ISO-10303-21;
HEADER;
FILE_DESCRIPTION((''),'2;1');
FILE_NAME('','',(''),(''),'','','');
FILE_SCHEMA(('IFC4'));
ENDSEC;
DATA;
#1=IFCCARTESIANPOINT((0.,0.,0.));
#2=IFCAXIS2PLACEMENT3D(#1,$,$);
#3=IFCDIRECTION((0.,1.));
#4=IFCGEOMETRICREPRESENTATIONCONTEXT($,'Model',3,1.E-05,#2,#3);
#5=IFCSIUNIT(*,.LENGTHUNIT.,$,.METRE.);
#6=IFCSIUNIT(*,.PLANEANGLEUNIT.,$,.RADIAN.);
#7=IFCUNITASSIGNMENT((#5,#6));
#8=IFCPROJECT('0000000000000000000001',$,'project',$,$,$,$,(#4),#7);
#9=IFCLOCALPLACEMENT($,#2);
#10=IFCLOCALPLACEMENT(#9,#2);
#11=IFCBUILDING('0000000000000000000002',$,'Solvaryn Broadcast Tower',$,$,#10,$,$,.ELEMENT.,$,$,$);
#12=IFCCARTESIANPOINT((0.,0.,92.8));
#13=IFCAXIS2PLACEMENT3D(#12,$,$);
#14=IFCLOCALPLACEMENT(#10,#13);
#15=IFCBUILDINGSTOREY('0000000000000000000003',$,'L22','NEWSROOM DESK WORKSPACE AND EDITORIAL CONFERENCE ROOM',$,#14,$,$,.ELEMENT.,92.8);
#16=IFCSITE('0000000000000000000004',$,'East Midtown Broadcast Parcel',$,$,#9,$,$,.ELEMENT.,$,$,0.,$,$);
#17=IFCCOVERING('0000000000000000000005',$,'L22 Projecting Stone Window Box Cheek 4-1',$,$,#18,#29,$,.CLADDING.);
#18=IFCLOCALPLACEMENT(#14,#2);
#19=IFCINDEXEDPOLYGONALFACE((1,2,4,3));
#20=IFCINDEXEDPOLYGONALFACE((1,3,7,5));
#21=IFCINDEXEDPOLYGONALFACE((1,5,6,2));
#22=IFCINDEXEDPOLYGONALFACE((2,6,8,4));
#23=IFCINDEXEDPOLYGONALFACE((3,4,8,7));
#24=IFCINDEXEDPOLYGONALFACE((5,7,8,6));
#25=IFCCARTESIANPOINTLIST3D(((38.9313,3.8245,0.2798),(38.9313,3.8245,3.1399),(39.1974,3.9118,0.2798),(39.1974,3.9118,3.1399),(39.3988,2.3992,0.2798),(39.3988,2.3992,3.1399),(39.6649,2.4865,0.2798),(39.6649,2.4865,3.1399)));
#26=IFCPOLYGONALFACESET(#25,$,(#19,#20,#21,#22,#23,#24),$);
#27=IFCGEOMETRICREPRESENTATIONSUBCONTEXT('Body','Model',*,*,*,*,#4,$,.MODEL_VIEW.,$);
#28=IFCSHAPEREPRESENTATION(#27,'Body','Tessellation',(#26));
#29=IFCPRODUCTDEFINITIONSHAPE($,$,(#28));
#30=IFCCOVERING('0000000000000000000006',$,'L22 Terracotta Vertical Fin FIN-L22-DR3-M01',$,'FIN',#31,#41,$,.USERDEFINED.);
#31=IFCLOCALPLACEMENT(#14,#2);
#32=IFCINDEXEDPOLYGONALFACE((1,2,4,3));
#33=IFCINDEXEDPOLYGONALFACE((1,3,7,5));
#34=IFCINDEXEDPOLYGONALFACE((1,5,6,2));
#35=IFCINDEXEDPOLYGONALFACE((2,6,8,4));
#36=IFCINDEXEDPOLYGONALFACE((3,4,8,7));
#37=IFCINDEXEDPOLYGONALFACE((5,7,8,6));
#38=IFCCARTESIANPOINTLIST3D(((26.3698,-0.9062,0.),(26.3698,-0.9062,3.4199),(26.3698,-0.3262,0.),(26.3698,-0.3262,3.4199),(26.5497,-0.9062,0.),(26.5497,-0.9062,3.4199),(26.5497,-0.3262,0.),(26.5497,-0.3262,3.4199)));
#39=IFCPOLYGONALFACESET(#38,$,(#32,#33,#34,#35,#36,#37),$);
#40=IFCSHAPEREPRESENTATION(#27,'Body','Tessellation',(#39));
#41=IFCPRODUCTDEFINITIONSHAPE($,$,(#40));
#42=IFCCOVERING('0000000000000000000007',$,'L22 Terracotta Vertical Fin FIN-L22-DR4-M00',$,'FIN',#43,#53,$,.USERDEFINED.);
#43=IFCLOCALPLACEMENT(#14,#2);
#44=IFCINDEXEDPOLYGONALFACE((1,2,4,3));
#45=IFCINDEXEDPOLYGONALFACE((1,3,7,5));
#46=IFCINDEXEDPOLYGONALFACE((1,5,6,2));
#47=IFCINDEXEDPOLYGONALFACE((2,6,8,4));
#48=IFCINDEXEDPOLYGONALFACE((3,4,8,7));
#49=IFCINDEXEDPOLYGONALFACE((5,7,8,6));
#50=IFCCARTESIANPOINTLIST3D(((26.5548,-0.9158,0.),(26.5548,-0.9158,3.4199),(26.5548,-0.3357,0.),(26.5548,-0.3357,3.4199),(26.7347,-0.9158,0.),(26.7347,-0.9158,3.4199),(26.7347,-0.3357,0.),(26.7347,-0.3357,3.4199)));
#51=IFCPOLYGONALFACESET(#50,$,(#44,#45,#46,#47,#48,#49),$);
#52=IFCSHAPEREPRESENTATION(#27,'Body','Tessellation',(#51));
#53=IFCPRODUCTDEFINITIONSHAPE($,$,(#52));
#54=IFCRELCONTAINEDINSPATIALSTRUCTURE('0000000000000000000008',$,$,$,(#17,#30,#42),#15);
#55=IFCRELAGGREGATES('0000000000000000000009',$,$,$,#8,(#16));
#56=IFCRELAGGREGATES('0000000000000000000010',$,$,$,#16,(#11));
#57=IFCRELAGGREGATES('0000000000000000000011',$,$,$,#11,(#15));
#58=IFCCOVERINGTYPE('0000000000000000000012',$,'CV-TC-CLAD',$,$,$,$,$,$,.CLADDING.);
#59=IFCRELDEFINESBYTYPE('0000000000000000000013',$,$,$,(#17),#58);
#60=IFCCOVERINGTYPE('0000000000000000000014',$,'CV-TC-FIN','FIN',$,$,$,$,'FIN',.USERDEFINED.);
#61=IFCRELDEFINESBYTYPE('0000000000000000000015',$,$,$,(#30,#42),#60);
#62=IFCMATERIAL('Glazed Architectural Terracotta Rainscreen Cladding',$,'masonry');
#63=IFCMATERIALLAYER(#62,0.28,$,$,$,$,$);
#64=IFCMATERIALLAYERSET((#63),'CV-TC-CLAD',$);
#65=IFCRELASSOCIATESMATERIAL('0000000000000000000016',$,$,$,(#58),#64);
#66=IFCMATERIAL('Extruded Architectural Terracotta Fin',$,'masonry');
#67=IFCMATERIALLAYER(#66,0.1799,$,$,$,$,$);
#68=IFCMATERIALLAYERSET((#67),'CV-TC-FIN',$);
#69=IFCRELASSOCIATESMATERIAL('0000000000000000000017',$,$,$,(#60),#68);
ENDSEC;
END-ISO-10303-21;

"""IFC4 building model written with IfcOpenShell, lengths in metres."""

from ifc_helpers import new_model, si_unit, direction, frame, origin, origin_2d, place, context, subcontext, project, spatial, rectangle, extrude, material, layer, layer_set, type_object, element, save


model = new_model("IFC4")

# Units and contexts
model_context = context("Model", 3, precision=1e-05, world=origin(), true_north=direction((0.0, 1.0)))
body_context = subcontext(model_context, "Body", "Model", "MODEL_VIEW")
ifc_project = project(units=[si_unit("LENGTHUNIT", "METRE"), si_unit("PLANEANGLEUNIT", "RADIAN")], contexts=[model_context])

# Site, building, storey
site_placement = place(None, origin())
site = spatial("IfcSite", under=ifc_project, at=site_placement, Name="East Midtown Broadcast Parcel", CompositionType="ELEMENT", RefElevation=0.0)
building_placement = place(site_placement, origin())
building = spatial("IfcBuilding", under=site, at=building_placement, Name="Solvaryn Broadcast Tower", CompositionType="ELEMENT")
storey_placement = place(building_placement, frame((0.0, 0.0, 92.8)))
storey = spatial("IfcBuildingStorey", under=building, at=storey_placement, Name="L22", Description="NEWSROOM DESK WORKSPACE AND EDITORIAL CONFERENCE ROOM", CompositionType="ELEMENT", Elevation=92.8)

# Coverings
ifc_material_1 = material(Name="Glazed Architectural Terracotta Rainscreen Cladding", Category="masonry")
ifc_layer_1 = layer(ifc_material_1, 0.28)
ifc_layer_set_1 = layer_set([ifc_layer_1], Name="CV-TC-CLAD")
covering_type_1 = type_object("IfcCoveringType", Name="CV-TC-CLAD", PredefinedType="CLADDING", material=ifc_layer_set_1)
covering_placement = place(storey_placement, frame((39.2981, 3.1555, 0.2798), z_axis=(0.0, 0.0, 1.0), x_axis=(0.95019, 0.311672, 0.0)))
element("IfcCovering", 1, at=covering_placement, inside=storey, type_object=covering_type_1, Name="L22 Projecting Stone Window Box Cheek 4-1", PredefinedType="CLADDING", context=body_context, shape_type="SweptSolid", body=[
    extrude(rectangle(XDim=0.28, YDim=1.5, at=origin_2d()), origin(), (0.0, 0.0, 1.0), 2.8601),
])
ifc_material_2 = material(Name="Extruded Architectural Terracotta Fin", Category="masonry")
ifc_layer_2 = layer(ifc_material_2, 0.1799)
ifc_layer_set_2 = layer_set([ifc_layer_2], Name="CV-TC-FIN")
covering_type_2 = type_object("IfcCoveringType", Name="CV-TC-FIN", Description="FIN", ElementType="FIN", PredefinedType="USERDEFINED", material=ifc_layer_set_2)
for number, where, z_axis, x_axis, name in (
    (2, (26.4597, -0.6162, 0.0), (0.0, 0.0, 1.0), (1.0, 0.0, 0.0), "L22 Terracotta Vertical Fin FIN-L22-DR3-M01"),
    (3, (26.6448, -0.6257, 0.0), (0.0, 0.0, 1.0), (1.0, 0.0, 0.0), "L22 Terracotta Vertical Fin FIN-L22-DR4-M00"),
):
    element("IfcCovering", number, at=place(storey_placement, frame(where, z_axis=z_axis, x_axis=x_axis)), inside=storey, type_object=covering_type_2, Name=name, ObjectType="FIN", PredefinedType="USERDEFINED", context=body_context, shape_type="SweptSolid", body=[
        extrude(rectangle(XDim=0.1799, YDim=0.5801, at=origin_2d()), origin(), (0.0, 0.0, 1.0), 3.4199),
    ])

save(model, "model.ifc")
